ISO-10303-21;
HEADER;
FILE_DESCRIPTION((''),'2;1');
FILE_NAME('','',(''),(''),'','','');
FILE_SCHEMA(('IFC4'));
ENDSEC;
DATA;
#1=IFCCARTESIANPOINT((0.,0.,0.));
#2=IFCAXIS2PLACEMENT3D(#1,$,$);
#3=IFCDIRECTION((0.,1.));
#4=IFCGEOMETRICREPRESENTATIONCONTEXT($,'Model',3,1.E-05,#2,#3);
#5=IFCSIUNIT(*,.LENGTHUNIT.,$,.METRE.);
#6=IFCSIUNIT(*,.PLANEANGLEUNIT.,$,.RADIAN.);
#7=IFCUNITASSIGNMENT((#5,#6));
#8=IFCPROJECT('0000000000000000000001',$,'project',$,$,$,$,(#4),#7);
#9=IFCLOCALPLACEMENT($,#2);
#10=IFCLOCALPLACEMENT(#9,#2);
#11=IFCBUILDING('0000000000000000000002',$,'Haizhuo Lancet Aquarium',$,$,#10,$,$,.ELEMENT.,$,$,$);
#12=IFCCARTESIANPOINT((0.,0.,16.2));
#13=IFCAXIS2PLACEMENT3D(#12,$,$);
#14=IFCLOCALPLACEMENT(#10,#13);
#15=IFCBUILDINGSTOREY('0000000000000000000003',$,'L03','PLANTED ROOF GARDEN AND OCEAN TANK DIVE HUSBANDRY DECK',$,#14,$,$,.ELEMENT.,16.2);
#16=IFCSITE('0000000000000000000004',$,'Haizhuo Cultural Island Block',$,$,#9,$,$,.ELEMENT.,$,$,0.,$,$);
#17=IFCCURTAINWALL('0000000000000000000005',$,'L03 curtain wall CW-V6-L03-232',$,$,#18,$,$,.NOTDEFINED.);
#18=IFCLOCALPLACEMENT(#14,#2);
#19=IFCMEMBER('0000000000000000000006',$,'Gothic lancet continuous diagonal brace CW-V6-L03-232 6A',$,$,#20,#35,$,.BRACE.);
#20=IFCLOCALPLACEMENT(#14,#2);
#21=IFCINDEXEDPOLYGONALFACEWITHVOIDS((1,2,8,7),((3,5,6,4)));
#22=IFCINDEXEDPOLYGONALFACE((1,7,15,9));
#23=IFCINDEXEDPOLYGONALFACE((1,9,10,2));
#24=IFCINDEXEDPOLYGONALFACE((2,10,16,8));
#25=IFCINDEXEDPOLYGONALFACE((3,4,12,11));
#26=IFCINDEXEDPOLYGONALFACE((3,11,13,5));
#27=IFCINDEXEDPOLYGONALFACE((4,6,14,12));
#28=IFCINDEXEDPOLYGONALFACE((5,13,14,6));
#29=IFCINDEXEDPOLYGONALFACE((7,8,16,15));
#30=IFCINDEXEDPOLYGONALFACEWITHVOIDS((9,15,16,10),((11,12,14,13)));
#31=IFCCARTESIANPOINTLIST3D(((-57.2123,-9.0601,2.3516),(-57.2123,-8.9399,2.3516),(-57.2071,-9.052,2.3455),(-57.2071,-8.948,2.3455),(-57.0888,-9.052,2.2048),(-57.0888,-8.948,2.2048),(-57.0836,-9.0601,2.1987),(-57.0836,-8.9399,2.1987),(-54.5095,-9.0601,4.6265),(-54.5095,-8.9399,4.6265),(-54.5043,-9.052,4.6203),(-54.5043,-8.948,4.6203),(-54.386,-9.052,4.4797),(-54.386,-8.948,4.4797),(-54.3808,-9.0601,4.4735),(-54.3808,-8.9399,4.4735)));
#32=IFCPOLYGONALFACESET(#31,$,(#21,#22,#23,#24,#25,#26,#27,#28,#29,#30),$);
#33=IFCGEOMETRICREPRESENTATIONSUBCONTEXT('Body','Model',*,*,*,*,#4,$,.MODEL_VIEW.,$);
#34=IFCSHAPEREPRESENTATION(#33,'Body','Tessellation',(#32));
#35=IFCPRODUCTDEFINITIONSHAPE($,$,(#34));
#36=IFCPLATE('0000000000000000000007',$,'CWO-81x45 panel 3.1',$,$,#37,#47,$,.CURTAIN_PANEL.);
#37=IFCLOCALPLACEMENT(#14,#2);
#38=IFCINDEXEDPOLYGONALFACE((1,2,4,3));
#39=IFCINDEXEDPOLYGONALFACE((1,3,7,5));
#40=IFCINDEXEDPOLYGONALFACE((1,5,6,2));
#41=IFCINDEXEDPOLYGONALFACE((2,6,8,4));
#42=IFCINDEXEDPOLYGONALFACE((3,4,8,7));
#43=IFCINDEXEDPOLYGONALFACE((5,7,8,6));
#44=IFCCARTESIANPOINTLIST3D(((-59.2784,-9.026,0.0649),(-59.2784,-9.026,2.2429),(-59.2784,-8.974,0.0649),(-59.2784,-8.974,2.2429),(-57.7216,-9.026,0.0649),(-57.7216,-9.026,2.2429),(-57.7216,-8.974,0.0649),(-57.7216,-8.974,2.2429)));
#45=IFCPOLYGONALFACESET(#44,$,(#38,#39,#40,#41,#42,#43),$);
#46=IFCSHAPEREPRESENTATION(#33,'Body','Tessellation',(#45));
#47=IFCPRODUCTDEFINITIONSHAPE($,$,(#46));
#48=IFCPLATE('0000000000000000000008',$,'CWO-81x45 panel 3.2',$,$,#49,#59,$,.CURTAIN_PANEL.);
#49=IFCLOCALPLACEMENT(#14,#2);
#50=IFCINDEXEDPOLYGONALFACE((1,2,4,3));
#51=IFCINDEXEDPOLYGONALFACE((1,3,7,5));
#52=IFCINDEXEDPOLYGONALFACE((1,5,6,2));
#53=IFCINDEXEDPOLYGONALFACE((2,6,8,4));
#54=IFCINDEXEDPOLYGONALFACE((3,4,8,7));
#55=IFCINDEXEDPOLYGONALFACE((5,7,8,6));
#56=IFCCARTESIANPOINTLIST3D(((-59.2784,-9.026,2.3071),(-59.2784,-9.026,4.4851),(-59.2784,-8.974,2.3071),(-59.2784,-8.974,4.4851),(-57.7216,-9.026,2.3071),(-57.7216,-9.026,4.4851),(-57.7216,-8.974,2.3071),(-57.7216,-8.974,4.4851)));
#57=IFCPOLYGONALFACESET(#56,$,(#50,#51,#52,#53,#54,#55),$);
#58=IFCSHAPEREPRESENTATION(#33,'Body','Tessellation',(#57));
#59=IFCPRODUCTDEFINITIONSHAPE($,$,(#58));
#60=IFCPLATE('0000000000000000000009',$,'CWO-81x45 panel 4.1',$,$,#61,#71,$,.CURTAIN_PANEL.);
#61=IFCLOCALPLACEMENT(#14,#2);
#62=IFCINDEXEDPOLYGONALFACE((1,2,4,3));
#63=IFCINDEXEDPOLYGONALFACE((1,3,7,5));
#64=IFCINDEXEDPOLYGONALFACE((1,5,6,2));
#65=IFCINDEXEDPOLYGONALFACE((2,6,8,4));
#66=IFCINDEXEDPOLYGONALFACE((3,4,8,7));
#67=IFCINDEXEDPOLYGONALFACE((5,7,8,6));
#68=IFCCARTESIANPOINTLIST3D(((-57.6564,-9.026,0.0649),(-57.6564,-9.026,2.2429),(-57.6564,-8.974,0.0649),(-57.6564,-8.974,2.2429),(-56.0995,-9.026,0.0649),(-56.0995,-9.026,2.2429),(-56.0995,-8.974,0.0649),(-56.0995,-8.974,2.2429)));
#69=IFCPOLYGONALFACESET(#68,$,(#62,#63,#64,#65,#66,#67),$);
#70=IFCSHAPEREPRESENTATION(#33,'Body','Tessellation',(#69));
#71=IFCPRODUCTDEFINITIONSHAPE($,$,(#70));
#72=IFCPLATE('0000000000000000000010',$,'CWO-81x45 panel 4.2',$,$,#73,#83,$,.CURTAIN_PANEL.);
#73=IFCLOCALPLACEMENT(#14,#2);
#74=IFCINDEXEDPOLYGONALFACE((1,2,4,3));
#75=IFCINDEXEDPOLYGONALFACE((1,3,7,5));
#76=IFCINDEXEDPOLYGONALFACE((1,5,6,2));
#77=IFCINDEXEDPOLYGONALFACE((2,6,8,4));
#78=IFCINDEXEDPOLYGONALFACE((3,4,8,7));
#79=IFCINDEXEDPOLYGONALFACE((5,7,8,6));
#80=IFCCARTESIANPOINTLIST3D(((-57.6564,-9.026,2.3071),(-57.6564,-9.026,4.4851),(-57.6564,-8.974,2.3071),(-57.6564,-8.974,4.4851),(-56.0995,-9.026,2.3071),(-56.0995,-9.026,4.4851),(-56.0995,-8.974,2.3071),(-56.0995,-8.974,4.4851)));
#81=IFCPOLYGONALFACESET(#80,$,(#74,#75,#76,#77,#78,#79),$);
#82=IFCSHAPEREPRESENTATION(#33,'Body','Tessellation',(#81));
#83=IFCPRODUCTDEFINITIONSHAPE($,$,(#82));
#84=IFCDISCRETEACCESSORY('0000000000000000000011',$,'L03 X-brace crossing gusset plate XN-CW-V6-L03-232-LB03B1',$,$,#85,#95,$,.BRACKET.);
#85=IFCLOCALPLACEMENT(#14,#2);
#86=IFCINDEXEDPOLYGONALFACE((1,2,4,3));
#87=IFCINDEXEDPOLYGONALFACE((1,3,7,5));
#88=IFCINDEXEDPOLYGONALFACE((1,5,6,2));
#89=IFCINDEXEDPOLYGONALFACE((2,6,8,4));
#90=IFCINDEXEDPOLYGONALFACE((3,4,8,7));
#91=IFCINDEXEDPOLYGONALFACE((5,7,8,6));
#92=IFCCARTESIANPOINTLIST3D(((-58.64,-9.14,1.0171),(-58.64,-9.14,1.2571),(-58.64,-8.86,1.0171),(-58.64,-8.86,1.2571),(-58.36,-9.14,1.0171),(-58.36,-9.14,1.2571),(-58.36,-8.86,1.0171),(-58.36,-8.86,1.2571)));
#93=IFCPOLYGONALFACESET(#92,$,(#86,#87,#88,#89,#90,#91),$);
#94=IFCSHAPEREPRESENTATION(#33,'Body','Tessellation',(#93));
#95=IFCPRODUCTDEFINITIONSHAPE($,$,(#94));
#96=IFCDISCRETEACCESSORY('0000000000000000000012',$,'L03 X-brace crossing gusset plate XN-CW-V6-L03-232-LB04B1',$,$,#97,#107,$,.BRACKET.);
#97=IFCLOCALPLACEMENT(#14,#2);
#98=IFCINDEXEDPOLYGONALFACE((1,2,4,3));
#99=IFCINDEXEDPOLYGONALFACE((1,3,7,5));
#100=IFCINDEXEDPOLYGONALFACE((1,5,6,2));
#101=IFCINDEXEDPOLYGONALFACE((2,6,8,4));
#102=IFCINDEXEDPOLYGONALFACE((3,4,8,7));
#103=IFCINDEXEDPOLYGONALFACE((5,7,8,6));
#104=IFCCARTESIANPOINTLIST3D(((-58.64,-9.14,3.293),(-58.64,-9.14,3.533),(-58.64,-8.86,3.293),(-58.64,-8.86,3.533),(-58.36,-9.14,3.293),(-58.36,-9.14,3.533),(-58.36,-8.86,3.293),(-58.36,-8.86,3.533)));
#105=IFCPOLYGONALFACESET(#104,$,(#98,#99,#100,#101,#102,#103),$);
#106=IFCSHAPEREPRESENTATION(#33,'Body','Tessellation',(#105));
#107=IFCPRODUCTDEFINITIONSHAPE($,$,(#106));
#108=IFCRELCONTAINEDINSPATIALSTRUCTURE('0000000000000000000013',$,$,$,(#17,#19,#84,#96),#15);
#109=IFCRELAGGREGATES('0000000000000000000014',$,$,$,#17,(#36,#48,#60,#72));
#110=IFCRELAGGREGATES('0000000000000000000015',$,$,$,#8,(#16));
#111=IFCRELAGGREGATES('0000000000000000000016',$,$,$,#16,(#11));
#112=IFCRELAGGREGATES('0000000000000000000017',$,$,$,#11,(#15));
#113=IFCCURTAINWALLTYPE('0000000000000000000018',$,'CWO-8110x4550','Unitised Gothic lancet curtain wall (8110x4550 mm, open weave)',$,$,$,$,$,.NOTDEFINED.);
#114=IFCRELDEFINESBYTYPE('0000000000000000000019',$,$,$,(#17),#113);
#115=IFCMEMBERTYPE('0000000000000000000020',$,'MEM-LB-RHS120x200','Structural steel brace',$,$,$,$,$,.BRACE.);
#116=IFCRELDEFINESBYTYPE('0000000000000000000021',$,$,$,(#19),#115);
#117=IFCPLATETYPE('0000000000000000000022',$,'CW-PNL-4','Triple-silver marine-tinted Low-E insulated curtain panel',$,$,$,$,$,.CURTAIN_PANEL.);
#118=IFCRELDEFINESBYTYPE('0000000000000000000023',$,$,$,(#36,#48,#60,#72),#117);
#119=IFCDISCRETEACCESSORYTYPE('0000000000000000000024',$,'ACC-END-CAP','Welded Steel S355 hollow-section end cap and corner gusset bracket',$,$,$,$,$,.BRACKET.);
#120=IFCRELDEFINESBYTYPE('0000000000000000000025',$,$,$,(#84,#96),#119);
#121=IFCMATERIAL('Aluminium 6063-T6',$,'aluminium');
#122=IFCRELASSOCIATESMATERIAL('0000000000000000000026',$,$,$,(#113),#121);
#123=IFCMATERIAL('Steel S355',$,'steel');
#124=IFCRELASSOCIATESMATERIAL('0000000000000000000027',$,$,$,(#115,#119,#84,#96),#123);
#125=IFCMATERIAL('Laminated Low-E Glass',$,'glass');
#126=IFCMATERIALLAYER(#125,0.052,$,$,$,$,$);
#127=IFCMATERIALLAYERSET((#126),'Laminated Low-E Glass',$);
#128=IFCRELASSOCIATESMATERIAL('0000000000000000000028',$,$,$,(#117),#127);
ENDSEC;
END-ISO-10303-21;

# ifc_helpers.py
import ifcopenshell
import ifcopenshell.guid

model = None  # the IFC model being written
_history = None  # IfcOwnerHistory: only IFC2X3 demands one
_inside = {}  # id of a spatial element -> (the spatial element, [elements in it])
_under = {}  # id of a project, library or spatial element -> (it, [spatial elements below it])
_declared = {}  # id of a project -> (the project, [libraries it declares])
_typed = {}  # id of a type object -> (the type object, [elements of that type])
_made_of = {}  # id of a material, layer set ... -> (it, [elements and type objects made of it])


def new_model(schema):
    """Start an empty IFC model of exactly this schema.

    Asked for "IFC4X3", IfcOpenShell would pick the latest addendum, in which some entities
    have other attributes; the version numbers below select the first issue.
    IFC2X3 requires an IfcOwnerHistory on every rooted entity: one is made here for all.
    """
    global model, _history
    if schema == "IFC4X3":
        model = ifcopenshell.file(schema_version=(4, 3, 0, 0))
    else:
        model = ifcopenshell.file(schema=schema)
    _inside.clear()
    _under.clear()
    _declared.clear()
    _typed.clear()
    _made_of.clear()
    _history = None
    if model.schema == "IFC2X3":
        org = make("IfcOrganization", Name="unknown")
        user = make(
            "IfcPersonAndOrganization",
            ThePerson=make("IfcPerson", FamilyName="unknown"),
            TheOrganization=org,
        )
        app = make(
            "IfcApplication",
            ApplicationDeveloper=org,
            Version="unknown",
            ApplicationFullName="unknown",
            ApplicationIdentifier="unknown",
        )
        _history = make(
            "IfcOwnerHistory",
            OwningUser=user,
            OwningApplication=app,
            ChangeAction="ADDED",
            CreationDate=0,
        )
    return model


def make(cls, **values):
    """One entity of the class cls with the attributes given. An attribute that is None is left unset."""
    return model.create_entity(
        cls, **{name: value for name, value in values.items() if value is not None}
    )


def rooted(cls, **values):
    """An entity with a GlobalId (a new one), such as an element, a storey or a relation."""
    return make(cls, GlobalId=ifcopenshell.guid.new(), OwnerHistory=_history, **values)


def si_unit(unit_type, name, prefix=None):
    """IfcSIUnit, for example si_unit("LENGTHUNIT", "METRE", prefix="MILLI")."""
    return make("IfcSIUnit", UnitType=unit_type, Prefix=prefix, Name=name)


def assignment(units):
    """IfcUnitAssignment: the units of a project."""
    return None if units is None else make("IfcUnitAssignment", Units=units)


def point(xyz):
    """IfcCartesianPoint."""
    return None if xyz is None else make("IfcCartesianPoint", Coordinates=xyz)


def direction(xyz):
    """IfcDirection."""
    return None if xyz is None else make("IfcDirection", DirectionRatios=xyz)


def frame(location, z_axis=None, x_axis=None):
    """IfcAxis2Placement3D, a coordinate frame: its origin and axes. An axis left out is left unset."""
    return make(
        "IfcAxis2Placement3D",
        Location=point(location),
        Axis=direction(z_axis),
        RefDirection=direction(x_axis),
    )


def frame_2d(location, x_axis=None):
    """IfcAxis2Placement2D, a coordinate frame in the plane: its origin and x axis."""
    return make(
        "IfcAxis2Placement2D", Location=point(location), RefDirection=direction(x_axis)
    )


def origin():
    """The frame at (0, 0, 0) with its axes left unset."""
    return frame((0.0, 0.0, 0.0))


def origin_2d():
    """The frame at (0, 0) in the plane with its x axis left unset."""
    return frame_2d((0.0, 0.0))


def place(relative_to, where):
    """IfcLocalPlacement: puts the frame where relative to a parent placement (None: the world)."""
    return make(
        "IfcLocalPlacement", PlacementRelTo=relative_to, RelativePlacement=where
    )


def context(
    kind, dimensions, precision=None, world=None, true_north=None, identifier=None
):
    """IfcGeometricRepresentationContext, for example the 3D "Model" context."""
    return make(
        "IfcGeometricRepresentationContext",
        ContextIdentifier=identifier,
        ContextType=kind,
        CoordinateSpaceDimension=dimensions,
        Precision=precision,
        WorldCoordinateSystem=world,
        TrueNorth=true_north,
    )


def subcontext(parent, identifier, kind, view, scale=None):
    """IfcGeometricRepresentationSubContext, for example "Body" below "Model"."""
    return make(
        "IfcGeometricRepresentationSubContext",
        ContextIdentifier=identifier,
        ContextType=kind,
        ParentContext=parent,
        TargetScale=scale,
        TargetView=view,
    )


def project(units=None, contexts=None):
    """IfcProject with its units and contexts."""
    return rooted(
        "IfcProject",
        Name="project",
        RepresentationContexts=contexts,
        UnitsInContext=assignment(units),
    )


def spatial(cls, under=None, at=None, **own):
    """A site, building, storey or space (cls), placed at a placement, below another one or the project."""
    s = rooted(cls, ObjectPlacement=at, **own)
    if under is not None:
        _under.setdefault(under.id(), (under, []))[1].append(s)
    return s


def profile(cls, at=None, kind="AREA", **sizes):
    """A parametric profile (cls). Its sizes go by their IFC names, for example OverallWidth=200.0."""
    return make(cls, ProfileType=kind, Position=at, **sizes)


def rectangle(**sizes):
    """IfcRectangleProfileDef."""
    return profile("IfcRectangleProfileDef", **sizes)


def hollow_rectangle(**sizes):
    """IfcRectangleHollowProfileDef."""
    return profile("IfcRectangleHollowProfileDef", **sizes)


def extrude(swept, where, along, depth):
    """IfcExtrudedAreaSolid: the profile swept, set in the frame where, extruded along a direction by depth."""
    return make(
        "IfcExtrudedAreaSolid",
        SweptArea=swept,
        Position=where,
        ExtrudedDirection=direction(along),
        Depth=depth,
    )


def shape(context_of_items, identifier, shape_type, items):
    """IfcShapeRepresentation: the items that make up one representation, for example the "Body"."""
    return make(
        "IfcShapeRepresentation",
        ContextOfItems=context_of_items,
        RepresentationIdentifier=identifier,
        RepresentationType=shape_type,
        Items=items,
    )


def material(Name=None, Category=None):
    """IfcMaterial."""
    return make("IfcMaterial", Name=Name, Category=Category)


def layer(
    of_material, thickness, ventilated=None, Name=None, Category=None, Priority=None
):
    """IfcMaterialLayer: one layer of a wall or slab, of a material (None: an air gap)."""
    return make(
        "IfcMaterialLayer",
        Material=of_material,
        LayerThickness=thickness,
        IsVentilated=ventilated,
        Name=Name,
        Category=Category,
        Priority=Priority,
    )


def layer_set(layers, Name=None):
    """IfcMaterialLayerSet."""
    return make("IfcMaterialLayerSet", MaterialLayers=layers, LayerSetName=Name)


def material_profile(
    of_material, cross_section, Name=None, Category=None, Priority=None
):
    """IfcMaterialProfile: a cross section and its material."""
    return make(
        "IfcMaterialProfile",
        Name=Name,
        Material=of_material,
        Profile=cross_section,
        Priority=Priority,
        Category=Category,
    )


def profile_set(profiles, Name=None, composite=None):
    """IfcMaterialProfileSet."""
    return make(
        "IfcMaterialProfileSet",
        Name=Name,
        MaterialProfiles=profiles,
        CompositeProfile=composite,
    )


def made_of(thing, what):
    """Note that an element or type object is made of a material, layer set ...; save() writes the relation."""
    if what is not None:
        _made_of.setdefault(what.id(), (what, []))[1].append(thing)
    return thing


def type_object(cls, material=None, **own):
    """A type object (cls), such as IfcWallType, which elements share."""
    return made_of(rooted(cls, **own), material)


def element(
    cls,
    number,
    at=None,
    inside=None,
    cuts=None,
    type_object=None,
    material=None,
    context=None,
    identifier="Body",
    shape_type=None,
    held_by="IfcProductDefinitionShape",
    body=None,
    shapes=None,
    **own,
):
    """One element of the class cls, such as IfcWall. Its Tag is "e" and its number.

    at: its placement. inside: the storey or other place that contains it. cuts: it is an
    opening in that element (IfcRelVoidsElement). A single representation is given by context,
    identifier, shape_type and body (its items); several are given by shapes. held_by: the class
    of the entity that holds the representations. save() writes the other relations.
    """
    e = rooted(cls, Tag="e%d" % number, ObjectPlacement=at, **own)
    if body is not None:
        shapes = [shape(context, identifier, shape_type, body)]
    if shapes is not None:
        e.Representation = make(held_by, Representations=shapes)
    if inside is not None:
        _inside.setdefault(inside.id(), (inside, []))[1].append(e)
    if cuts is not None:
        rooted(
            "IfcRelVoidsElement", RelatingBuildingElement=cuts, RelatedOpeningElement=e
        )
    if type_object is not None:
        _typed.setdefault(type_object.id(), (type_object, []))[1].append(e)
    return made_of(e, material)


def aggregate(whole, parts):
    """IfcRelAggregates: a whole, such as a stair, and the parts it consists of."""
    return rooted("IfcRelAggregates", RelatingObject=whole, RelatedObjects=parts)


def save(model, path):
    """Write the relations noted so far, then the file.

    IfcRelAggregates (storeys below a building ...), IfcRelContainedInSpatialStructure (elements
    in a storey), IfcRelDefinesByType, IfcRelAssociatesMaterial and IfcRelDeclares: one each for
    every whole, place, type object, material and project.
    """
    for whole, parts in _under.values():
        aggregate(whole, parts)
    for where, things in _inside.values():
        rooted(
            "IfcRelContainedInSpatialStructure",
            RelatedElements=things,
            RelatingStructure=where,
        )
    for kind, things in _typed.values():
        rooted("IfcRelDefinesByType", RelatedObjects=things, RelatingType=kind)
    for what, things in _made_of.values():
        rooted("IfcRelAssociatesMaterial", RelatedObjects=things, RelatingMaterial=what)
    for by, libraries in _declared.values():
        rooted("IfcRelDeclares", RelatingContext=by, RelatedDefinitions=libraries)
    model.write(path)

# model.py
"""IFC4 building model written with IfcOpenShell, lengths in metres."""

from ifc_helpers import new_model, si_unit, direction, frame, origin, origin_2d, place, context, subcontext, project, spatial, rectangle, hollow_rectangle, extrude, material, layer, layer_set, material_profile, profile_set, type_object, element, aggregate, save


model = new_model("IFC4")

# Units and contexts
model_context = context("Model", 3, precision=1e-05, world=origin(), true_north=direction((0.0, 1.0)))
body_context = subcontext(model_context, "Body", "Model", "MODEL_VIEW")
ifc_project = project(units=[si_unit("LENGTHUNIT", "METRE"), si_unit("PLANEANGLEUNIT", "RADIAN")], contexts=[model_context])

# Site, building, storey
site_placement = place(None, origin())
site = spatial("IfcSite", under=ifc_project, at=site_placement, Name="Haizhuo Cultural Island Block", CompositionType="ELEMENT", RefElevation=0.0)
building_placement = place(site_placement, origin())
building = spatial("IfcBuilding", under=site, at=building_placement, Name="Haizhuo Lancet Aquarium", CompositionType="ELEMENT")
storey_placement = place(building_placement, frame((0.0, 0.0, 16.2)))
storey = spatial("IfcBuildingStorey", under=building, at=storey_placement, Name="L03", Description="PLANTED ROOF GARDEN AND OCEAN TANK DIVE HUSBANDRY DECK", CompositionType="ELEMENT", Elevation=16.2)

# Curtain wall
ifc_material_1 = material(Name="Aluminium 6063-T6", Category="aluminium")
curtain_wall_type = type_object("IfcCurtainWallType", Name="CWO-8110x4550", Description="Unitised Gothic lancet curtain wall (8110x4550 mm, open weave)", PredefinedType="NOTDEFINED", material=ifc_material_1)
curtain_wall_placement = place(storey_placement, origin())
curtain_wall = element("IfcCurtainWall", 1, at=curtain_wall_placement, inside=storey, type_object=curtain_wall_type, Name="L03 curtain wall CW-V6-L03-232", PredefinedType="NOTDEFINED")

# Member
ifc_material_2 = material(Name="Steel S355", Category="steel")
ifc_material_profile_1 = material_profile(ifc_material_2, hollow_rectangle(XDim=0.1201, YDim=0.2, WallThickness=0.0081, at=origin_2d()), Name="RHS 120x200x8")
ifc_profile_set_1 = profile_set([ifc_material_profile_1], Name="Steel S355")
member_type_1 = type_object("IfcMemberType", Name="MEM-LB-RHS120x200", Description="Structural steel brace", PredefinedType="BRACE", material=ifc_profile_set_1)
member_1_placement = place(storey_placement, frame((-57.1479, -9.0, 2.2751), z_axis=(0.76508, 0.0, 0.643936), x_axis=(0.0, 1.0, 0.0)))
element("IfcMember", 2, at=member_1_placement, inside=storey, type_object=member_type_1, Name="Gothic lancet continuous diagonal brace CW-V6-L03-232 6A", PredefinedType="BRACE", context=body_context, shape_type="SweptSolid", body=[
    extrude(hollow_rectangle(XDim=0.1201, YDim=0.2, WallThickness=0.0081, at=origin_2d()), origin(), (0.0, 0.0, 1.0), 3.5327),
])

# Plates
ifc_material_3 = material(Name="Laminated Low-E Glass", Category="glass")
ifc_layer = layer(ifc_material_3, 0.052)
ifc_layer_set = layer_set([ifc_layer], Name="Laminated Low-E Glass")
plate_type = type_object("IfcPlateType", Name="CW-PNL-4", Description="Triple-silver marine-tinted Low-E insulated curtain panel", PredefinedType="CURTAIN_PANEL", material=ifc_layer_set)
plate_1_placement = place(storey_placement, frame((-58.5, -9.0, 0.0649), z_axis=(0.0, 0.0, 1.0), x_axis=(1.0, 0.0, 0.0)))
plate_1 = element("IfcPlate", 3, at=plate_1_placement, type_object=plate_type, Name="CWO-81x45 panel 3.1", PredefinedType="CURTAIN_PANEL", context=body_context, shape_type="SweptSolid", body=[
    extrude(rectangle(XDim=1.5569, YDim=0.052, at=origin_2d()), origin(), (0.0, 0.0, 1.0), 2.178),
])
plate_2_placement = place(storey_placement, frame((-58.5, -9.0, 2.3071), z_axis=(0.0, 0.0, 1.0), x_axis=(1.0, 0.0, 0.0)))
plate_2 = element("IfcPlate", 4, at=plate_2_placement, type_object=plate_type, Name="CWO-81x45 panel 3.2", PredefinedType="CURTAIN_PANEL", context=body_context, shape_type="SweptSolid", body=[
    extrude(rectangle(XDim=1.5569, YDim=0.052, at=origin_2d()), origin(), (0.0, 0.0, 1.0), 2.178),
])
plate_3_placement = place(storey_placement, frame((-56.8779, -9.0, 0.0649), z_axis=(0.0, 0.0, 1.0), x_axis=(1.0, 0.0, 0.0)))
plate_3 = element("IfcPlate", 5, at=plate_3_placement, type_object=plate_type, Name="CWO-81x45 panel 4.1", PredefinedType="CURTAIN_PANEL", context=body_context, shape_type="SweptSolid", body=[
    extrude(rectangle(XDim=1.5569, YDim=0.052, at=origin_2d()), origin(), (0.0, 0.0, 1.0), 2.178),
])
plate_4_placement = place(storey_placement, frame((-56.8779, -9.0, 2.3071), z_axis=(0.0, 0.0, 1.0), x_axis=(1.0, 0.0, 0.0)))
plate_4 = element("IfcPlate", 6, at=plate_4_placement, type_object=plate_type, Name="CWO-81x45 panel 4.2", PredefinedType="CURTAIN_PANEL", context=body_context, shape_type="SweptSolid", body=[
    extrude(rectangle(XDim=1.5569, YDim=0.052, at=origin_2d()), origin(), (0.0, 0.0, 1.0), 2.178),
])
aggregate(curtain_wall, [plate_1, plate_2, plate_3, plate_4])

# Discrete accessories
discrete_accessory_type = type_object("IfcDiscreteAccessoryType", Name="ACC-END-CAP", Description="Welded Steel S355 hollow-section end cap and corner gusset bracket", PredefinedType="BRACKET", material=ifc_material_2)
for number, where, z_axis, x_axis, name in (
    (7, (-58.5, -9.0, 1.0171), (0.0, 0.0, 1.0), (1.0, 0.0, 0.0), "L03 X-brace crossing gusset plate XN-CW-V6-L03-232-LB03B1"),
    (8, (-58.5, -9.0, 3.293), (0.0, 0.0, 1.0), (1.0, 0.0, 0.0), "L03 X-brace crossing gusset plate XN-CW-V6-L03-232-LB04B1"),
):
    element("IfcDiscreteAccessory", number, at=place(storey_placement, frame(where, z_axis=z_axis, x_axis=x_axis)), inside=storey, type_object=discrete_accessory_type, material=ifc_material_2, Name=name, PredefinedType="BRACKET", context=body_context, shape_type="SweptSolid", body=[
        extrude(rectangle(XDim=0.28, YDim=0.28, at=origin_2d()), origin(), (0.0, 0.0, 1.0), 0.24),
    ])

save(model, "model.ifc")
